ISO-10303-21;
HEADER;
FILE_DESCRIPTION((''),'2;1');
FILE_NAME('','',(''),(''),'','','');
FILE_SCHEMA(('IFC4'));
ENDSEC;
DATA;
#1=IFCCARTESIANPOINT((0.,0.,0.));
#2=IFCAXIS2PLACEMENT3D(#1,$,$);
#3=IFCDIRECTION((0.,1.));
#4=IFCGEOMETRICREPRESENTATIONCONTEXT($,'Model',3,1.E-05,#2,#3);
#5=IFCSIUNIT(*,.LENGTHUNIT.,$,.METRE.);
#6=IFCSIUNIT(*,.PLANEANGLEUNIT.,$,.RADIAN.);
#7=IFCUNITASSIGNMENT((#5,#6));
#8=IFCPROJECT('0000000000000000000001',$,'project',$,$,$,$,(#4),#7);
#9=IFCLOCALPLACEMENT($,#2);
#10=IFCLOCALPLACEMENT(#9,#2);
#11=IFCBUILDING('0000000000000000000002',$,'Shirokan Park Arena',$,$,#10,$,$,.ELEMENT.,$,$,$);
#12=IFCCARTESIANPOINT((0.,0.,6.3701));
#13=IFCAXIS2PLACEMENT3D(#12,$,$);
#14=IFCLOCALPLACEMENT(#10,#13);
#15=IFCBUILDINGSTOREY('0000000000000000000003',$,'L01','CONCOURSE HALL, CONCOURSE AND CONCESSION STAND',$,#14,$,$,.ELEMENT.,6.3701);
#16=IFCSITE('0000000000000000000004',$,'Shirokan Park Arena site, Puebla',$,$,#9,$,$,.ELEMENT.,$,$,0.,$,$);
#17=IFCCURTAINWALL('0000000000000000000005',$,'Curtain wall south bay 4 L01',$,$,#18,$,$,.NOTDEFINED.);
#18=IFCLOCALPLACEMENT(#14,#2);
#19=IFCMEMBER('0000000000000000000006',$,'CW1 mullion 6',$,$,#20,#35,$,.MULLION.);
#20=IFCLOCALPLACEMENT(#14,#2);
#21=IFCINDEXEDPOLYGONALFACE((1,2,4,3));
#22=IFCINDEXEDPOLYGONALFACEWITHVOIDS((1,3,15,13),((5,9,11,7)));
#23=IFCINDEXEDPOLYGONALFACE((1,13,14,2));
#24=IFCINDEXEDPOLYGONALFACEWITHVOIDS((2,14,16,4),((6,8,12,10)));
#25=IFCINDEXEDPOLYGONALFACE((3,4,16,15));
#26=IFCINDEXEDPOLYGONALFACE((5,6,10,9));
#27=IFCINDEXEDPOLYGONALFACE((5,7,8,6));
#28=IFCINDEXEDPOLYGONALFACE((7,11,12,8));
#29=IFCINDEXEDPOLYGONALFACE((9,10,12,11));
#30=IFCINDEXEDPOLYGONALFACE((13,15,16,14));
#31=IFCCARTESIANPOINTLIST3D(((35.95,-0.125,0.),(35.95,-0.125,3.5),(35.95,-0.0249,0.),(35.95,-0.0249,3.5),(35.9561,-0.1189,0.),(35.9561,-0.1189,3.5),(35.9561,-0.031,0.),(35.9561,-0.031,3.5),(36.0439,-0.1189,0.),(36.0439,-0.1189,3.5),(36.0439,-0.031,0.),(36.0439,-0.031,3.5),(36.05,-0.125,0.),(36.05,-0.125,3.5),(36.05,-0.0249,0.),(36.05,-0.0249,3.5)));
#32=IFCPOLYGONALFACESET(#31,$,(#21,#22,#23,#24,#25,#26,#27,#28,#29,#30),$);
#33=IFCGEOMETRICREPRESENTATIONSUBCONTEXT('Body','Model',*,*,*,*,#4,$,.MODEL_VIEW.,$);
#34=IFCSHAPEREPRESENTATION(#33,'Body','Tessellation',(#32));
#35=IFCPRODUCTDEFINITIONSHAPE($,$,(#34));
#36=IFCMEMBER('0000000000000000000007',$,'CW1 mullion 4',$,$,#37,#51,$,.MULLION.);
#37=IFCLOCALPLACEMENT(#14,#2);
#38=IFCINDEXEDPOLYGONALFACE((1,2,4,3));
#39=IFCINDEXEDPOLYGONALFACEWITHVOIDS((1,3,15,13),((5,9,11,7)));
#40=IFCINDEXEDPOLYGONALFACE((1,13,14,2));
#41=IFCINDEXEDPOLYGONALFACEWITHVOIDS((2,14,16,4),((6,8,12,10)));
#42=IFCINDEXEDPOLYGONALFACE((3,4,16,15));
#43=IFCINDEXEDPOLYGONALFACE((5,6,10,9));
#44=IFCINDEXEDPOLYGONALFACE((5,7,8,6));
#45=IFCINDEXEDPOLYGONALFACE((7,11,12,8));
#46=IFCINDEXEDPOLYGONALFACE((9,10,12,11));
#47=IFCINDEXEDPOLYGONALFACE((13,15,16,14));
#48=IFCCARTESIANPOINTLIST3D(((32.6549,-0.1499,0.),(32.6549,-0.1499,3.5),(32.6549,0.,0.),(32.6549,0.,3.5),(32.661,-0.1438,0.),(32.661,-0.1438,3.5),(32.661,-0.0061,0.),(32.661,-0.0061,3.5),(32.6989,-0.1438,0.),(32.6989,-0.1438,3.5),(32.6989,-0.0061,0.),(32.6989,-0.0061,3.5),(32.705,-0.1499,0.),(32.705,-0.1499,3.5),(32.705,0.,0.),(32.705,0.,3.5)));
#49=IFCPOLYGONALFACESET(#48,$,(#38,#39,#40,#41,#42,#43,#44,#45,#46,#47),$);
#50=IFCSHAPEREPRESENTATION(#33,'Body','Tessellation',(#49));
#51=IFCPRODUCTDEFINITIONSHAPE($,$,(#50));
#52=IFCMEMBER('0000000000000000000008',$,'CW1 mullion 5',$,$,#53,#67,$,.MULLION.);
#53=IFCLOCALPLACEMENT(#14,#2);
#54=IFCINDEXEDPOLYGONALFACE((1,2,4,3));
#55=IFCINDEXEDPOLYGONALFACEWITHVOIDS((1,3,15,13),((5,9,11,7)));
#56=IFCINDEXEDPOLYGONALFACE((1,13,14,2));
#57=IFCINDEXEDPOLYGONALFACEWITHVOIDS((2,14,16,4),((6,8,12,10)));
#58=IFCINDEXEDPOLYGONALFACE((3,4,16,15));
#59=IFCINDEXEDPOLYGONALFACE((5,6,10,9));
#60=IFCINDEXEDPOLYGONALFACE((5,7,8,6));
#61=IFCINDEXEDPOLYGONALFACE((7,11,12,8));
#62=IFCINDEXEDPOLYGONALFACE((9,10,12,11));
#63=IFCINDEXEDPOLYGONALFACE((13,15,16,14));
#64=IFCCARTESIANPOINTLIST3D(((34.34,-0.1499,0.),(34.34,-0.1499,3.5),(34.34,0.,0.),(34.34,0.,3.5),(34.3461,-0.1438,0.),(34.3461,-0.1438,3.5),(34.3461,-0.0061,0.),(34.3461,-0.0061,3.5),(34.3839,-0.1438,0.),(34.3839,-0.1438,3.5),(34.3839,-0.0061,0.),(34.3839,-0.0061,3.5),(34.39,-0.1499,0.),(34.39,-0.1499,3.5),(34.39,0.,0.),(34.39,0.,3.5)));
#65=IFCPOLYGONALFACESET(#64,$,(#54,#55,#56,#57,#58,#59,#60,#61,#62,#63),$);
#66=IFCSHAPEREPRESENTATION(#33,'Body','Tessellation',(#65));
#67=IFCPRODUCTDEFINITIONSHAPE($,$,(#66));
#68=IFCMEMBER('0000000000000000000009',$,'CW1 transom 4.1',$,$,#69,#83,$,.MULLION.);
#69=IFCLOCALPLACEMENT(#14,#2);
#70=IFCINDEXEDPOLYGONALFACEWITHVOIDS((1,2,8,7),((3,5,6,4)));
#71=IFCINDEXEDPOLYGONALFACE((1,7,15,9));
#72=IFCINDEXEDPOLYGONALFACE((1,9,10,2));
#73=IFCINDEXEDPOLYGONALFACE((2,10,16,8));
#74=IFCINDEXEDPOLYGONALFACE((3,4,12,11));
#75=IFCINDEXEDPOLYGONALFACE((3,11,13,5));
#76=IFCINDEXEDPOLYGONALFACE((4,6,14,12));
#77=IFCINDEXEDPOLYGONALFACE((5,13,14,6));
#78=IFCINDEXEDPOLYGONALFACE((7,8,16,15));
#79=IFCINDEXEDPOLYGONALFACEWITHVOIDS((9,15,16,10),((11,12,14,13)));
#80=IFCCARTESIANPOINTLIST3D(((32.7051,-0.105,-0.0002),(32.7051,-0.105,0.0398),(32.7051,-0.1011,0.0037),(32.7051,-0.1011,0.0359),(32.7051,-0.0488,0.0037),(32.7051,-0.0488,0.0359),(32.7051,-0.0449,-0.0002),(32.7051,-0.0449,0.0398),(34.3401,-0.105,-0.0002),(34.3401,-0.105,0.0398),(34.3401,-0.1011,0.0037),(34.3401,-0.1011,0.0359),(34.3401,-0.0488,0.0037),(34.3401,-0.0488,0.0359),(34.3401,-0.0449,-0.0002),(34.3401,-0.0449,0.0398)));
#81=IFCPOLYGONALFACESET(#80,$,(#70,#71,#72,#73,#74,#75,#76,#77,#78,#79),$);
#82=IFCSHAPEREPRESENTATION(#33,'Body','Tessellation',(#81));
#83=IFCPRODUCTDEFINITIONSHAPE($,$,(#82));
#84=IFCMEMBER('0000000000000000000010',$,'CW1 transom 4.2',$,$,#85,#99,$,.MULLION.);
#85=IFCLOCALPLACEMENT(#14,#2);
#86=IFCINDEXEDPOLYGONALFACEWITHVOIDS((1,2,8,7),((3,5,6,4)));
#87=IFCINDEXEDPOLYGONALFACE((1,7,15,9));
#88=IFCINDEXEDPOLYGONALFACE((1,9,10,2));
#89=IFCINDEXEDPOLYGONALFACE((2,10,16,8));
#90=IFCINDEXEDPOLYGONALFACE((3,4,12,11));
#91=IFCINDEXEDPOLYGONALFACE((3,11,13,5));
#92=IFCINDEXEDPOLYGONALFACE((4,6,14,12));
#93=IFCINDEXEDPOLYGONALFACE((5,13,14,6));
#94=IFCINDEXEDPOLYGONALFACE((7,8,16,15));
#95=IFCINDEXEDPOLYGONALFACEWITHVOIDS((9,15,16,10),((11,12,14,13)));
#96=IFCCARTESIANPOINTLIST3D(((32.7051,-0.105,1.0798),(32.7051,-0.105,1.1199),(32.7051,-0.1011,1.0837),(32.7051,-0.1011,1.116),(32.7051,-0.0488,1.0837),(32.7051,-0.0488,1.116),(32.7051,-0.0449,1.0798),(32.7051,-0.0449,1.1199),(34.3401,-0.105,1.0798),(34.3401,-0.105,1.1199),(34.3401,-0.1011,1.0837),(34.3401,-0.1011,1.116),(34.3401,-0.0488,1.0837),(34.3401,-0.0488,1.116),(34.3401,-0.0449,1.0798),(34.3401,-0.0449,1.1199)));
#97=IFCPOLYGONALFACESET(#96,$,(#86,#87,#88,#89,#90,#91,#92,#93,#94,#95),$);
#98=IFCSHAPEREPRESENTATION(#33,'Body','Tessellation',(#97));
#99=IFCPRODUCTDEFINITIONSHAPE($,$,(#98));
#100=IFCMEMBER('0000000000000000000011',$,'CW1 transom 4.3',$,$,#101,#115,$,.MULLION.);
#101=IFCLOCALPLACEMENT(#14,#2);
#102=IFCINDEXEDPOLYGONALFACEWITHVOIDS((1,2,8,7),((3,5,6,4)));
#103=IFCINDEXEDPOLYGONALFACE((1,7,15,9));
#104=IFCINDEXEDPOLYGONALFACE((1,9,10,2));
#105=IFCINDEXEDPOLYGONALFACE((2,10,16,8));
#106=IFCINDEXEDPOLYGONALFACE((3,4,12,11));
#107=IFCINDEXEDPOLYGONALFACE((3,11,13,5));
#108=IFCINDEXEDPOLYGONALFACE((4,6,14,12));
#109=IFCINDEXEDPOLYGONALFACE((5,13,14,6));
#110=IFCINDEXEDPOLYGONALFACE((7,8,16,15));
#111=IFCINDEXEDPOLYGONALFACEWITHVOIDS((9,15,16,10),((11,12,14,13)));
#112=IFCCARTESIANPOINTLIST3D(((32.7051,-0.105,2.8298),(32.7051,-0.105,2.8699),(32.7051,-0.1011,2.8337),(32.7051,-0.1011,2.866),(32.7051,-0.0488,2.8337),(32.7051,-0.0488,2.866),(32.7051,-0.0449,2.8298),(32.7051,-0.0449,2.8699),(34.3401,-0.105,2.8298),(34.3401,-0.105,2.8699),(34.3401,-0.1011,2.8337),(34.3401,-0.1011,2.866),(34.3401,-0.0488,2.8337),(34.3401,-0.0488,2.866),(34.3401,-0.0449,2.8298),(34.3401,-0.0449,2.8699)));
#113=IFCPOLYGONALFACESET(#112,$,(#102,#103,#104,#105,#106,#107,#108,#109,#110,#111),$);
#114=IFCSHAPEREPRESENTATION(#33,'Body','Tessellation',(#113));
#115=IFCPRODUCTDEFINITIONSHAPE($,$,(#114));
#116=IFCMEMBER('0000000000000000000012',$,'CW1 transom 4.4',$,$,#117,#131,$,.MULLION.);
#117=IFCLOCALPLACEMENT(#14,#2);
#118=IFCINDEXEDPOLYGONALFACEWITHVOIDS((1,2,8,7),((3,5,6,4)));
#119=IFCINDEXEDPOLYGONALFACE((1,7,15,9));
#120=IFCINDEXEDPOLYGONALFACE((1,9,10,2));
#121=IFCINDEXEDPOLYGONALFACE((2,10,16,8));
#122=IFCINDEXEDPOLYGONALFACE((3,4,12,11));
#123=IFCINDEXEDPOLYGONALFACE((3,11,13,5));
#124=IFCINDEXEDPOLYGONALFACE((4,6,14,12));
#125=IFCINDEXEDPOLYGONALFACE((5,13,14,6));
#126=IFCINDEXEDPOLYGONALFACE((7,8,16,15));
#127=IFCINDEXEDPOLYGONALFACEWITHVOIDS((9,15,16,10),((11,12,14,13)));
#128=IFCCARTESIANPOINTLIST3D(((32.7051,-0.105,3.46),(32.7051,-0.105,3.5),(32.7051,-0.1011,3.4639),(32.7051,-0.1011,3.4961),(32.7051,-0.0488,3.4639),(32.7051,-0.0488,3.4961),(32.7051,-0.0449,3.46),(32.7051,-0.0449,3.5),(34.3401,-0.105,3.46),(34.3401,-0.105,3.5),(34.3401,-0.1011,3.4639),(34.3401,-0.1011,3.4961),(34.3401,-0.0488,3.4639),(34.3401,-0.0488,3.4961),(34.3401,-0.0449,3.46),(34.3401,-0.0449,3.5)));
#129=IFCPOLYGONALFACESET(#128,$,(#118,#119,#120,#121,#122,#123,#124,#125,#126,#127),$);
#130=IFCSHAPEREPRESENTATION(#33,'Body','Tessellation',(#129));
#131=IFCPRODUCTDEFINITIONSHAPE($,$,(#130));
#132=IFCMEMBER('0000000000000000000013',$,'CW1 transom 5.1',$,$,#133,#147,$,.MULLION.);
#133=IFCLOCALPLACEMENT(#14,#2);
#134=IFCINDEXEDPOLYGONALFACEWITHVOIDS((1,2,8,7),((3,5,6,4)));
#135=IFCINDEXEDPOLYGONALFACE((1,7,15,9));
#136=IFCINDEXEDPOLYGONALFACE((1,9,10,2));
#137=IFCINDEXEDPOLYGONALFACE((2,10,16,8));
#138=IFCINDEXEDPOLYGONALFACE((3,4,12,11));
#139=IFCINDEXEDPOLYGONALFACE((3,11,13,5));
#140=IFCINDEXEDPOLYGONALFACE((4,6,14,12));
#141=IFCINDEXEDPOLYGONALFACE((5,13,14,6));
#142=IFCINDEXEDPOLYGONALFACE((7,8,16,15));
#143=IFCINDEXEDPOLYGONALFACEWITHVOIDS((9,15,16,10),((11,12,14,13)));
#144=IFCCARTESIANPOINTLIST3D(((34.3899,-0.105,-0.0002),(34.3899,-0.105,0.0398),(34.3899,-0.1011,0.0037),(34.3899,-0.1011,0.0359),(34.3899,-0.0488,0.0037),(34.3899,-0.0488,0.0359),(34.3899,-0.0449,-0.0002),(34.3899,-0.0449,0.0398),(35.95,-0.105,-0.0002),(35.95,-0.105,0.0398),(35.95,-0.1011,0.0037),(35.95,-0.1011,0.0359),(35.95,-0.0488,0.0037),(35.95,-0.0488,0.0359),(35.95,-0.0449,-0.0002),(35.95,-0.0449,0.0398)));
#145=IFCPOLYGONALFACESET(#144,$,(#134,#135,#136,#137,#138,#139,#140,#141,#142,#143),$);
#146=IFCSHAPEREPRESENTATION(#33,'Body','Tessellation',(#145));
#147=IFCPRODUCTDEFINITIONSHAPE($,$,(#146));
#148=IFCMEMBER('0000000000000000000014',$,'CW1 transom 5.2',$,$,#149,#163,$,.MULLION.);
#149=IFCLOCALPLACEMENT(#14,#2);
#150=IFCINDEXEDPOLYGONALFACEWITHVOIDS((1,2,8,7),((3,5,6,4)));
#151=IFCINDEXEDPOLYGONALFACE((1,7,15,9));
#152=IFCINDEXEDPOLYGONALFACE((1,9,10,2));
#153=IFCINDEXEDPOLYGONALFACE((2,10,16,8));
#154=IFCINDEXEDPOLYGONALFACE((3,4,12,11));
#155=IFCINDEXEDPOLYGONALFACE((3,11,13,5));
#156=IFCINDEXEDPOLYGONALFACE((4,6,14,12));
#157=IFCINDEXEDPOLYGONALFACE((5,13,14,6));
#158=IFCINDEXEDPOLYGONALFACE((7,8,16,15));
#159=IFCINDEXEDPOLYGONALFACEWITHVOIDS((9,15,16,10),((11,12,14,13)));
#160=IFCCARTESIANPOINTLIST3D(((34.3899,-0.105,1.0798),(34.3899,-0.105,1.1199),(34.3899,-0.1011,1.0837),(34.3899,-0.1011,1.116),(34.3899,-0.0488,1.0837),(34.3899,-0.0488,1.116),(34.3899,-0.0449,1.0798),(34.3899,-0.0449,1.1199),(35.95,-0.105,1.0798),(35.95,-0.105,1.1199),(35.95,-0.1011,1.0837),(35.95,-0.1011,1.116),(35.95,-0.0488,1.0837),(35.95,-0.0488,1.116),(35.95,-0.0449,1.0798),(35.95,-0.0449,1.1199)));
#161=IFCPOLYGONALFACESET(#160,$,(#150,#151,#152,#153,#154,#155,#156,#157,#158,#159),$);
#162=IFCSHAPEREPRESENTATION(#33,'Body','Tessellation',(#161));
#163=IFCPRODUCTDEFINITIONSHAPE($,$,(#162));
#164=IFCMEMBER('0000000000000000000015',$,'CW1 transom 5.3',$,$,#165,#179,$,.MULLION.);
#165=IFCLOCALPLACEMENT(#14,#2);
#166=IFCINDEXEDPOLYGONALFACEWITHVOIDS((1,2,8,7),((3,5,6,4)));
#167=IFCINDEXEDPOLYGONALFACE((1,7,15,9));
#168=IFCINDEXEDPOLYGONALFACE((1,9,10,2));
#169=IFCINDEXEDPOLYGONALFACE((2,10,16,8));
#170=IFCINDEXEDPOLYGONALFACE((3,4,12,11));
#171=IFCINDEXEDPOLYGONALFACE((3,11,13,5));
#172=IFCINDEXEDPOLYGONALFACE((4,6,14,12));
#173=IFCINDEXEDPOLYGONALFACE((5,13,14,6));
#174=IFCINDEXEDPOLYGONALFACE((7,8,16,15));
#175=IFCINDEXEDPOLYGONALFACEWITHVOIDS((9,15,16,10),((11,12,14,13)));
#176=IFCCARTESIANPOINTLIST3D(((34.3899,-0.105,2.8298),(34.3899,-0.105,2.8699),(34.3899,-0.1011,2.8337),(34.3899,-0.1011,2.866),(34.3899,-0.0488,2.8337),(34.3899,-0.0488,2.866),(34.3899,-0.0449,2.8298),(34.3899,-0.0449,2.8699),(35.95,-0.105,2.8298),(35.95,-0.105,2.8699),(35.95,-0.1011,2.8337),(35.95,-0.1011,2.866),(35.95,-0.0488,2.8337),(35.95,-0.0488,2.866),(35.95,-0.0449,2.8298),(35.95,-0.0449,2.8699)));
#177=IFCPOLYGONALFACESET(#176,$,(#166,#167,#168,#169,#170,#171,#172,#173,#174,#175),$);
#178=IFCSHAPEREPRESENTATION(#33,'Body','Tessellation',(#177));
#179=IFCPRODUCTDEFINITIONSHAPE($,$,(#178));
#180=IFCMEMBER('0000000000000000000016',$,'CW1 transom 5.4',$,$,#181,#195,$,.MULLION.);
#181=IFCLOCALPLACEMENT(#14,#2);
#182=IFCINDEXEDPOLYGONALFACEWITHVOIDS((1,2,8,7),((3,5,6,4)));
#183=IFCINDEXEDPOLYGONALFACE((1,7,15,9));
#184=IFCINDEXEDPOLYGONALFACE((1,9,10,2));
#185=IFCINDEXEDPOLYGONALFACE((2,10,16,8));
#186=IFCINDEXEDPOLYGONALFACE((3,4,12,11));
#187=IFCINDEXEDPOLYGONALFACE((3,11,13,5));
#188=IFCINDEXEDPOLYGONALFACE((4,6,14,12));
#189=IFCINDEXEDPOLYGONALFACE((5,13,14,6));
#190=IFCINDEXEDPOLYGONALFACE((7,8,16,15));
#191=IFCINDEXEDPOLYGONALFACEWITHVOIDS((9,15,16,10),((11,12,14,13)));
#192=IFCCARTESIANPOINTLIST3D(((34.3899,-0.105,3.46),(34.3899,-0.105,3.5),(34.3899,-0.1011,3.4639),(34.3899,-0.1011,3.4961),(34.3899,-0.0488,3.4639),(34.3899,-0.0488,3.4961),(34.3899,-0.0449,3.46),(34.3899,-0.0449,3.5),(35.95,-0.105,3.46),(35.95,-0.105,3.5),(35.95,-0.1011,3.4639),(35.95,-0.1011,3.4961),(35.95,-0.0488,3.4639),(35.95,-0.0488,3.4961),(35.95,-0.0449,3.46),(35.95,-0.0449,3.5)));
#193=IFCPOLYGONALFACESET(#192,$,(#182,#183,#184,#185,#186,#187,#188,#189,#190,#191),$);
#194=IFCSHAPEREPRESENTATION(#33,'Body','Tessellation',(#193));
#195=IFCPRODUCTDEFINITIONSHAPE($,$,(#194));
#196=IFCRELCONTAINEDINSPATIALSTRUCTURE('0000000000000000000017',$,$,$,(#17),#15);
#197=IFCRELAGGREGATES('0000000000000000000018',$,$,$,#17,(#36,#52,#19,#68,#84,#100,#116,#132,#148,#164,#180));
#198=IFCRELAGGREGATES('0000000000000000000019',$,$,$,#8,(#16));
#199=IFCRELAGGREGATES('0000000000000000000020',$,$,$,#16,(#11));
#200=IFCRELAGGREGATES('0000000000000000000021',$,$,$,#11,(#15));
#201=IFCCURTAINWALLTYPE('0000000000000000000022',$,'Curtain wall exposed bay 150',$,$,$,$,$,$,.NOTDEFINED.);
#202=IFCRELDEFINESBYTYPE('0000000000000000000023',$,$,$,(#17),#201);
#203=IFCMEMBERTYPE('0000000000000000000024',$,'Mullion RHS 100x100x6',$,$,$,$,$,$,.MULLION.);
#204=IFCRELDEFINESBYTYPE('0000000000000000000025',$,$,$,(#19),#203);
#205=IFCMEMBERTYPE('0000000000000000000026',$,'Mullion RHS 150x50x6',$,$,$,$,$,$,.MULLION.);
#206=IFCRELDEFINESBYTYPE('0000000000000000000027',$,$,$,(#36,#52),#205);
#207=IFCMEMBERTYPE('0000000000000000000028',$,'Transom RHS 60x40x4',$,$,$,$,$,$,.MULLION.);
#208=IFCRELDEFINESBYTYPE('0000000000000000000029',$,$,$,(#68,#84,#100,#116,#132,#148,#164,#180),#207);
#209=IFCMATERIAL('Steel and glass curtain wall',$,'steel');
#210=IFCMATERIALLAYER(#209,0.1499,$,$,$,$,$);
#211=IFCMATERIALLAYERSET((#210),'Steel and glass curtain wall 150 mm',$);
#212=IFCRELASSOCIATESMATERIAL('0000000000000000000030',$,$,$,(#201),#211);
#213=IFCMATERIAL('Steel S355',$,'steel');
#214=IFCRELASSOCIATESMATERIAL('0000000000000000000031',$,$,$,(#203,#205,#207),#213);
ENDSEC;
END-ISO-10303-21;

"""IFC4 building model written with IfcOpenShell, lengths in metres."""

from ifc_helpers import new_model, si_unit, direction, frame, origin, origin_2d, place, context, subcontext, project, spatial, hollow_rectangle, extrude, material, layer, layer_set, material_profile, profile_set, type_object, element, aggregate, save


model = new_model("IFC4")

# Units and contexts
model_context = context("Model", 3, precision=1e-05, world=origin(), true_north=direction((0.0, 1.0)))
body_context = subcontext(model_context, "Body", "Model", "MODEL_VIEW")
ifc_project = project(units=[si_unit("LENGTHUNIT", "METRE"), si_unit("PLANEANGLEUNIT", "RADIAN")], contexts=[model_context])

# Site, building, storey
site_placement = place(None, origin())
site = spatial("IfcSite", under=ifc_project, at=site_placement, Name="Shirokan Park Arena site, Puebla", CompositionType="ELEMENT", RefElevation=0.0)
building_placement = place(site_placement, origin())
building = spatial("IfcBuilding", under=site, at=building_placement, Name="Shirokan Park Arena", CompositionType="ELEMENT")
storey_placement = place(building_placement, frame((0.0, 0.0, 6.3701)))
storey = spatial("IfcBuildingStorey", under=building, at=storey_placement, Name="L01", Description="CONCOURSE HALL, CONCOURSE AND CONCESSION STAND", CompositionType="ELEMENT", Elevation=6.3701)

# Curtain wall, members
ifc_material_1 = material(Name="Steel and glass curtain wall", Category="steel")
ifc_layer_1 = layer(ifc_material_1, 0.1499)
ifc_layer_set_1 = layer_set([ifc_layer_1], Name="Steel and glass curtain wall 150 mm")
curtain_wall_type = type_object("IfcCurtainWallType", Name="Curtain wall exposed bay 150", PredefinedType="NOTDEFINED", material=ifc_layer_set_1)
curtain_wall_placement = place(storey_placement, origin())
curtain_wall = element("IfcCurtainWall", 1, at=curtain_wall_placement, inside=storey, type_object=curtain_wall_type, Name="Curtain wall south bay 4 L01", PredefinedType="NOTDEFINED")
ifc_material_2 = material(Name="Steel S355", Category="steel")
ifc_material_profile_1 = material_profile(ifc_material_2, hollow_rectangle(XDim=0.1001, YDim=0.1001, WallThickness=0.0061, at=origin_2d()), Name="RHS 100x100x6")
ifc_profile_set_1 = profile_set([ifc_material_profile_1], Name="Steel S355")
member_type_1 = type_object("IfcMemberType", Name="Mullion RHS 100x100x6", PredefinedType="MULLION", material=ifc_profile_set_1)
member_1_placement = place(storey_placement, frame((36.0, -0.075, 0.0), z_axis=(0.0, 0.0, 1.0), x_axis=(0.0, 1.0, 0.0)))
member_1 = element("IfcMember", 2, at=member_1_placement, type_object=member_type_1, Name="CW1 mullion 6", PredefinedType="MULLION", context=body_context, shape_type="SweptSolid", body=[
    extrude(hollow_rectangle(XDim=0.1001, YDim=0.1001, WallThickness=0.0061, at=origin_2d()), origin(), (0.0, 0.0, 1.0), 3.5),
])
ifc_material_profile_2 = material_profile(ifc_material_2, hollow_rectangle(XDim=0.1499, YDim=0.05, WallThickness=0.0061, at=origin_2d()), Name="RHS 150x50x6")
ifc_profile_set_2 = profile_set([ifc_material_profile_2], Name="Steel S355")
member_type_2 = type_object("IfcMemberType", Name="Mullion RHS 150x50x6", PredefinedType="MULLION", material=ifc_profile_set_2)
member_2_placement = place(storey_placement, frame((32.6799, -0.075, 0.0), z_axis=(0.0, 0.0, 1.0), x_axis=(0.0, 1.0, 0.0)))
member_2 = element("IfcMember", 3, at=member_2_placement, type_object=member_type_2, Name="CW1 mullion 4", PredefinedType="MULLION", context=body_context, shape_type="SweptSolid", body=[
    extrude(hollow_rectangle(XDim=0.1499, YDim=0.05, WallThickness=0.0061, at=origin_2d()), origin(), (0.0, 0.0, 1.0), 3.5),
])
member_3_placement = place(storey_placement, frame((34.365, -0.075, 0.0), z_axis=(0.0, 0.0, 1.0), x_axis=(0.0, 1.0, 0.0)))
member_3 = element("IfcMember", 4, at=member_3_placement, type_object=member_type_2, Name="CW1 mullion 5", PredefinedType="MULLION", context=body_context, shape_type="SweptSolid", body=[
    extrude(hollow_rectangle(XDim=0.1499, YDim=0.05, WallThickness=0.0061, at=origin_2d()), origin(), (0.0, 0.0, 1.0), 3.5),
])
ifc_material_profile_3 = material_profile(ifc_material_2, hollow_rectangle(XDim=0.0601, YDim=0.04, WallThickness=0.0039, at=origin_2d()), Name="RHS 60x40x4")
ifc_profile_set_3 = profile_set([ifc_material_profile_3], Name="Steel S355")
member_type_3 = type_object("IfcMemberType", Name="Transom RHS 60x40x4", PredefinedType="MULLION", material=ifc_profile_set_3)
member_4_placement = place(storey_placement, frame((32.7051, -0.075, 0.0198), z_axis=(1.0, 0.0, 0.0), x_axis=(0.0, 1.0, 0.0)))
member_4 = element("IfcMember", 5, at=member_4_placement, type_object=member_type_3, Name="CW1 transom 4.1", PredefinedType="MULLION", context=body_context, shape_type="SweptSolid", body=[
    extrude(hollow_rectangle(XDim=0.0601, YDim=0.04, WallThickness=0.0039, at=origin_2d()), origin(), (0.0, 0.0, 1.0), 1.635),
])
member_5_placement = place(storey_placement, frame((32.7051, -0.075, 1.0999), z_axis=(1.0, 0.0, 0.0), x_axis=(0.0, 1.0, 0.0)))
member_5 = element("IfcMember", 6, at=member_5_placement, type_object=member_type_3, Name="CW1 transom 4.2", PredefinedType="MULLION", context=body_context, shape_type="SweptSolid", body=[
    extrude(hollow_rectangle(XDim=0.0601, YDim=0.04, WallThickness=0.0039, at=origin_2d()), origin(), (0.0, 0.0, 1.0), 1.635),
])
member_6_placement = place(storey_placement, frame((32.7051, -0.075, 2.8499), z_axis=(1.0, 0.0, 0.0), x_axis=(0.0, 1.0, 0.0)))
member_6 = element("IfcMember", 7, at=member_6_placement, type_object=member_type_3, Name="CW1 transom 4.3", PredefinedType="MULLION", context=body_context, shape_type="SweptSolid", body=[
    extrude(hollow_rectangle(XDim=0.0601, YDim=0.04, WallThickness=0.0039, at=origin_2d()), origin(), (0.0, 0.0, 1.0), 1.635),
])
member_7_placement = place(storey_placement, frame((32.7051, -0.075, 3.48), z_axis=(1.0, 0.0, 0.0), x_axis=(0.0, 1.0, 0.0)))
member_7 = element("IfcMember", 8, at=member_7_placement, type_object=member_type_3, Name="CW1 transom 4.4", PredefinedType="MULLION", context=body_context, shape_type="SweptSolid", body=[
    extrude(hollow_rectangle(XDim=0.0601, YDim=0.04, WallThickness=0.0039, at=origin_2d()), origin(), (0.0, 0.0, 1.0), 1.635),
])
member_8_placement = place(storey_placement, frame((34.3899, -0.075, 0.0198), z_axis=(1.0, 0.0, 0.0), x_axis=(0.0, 1.0, 0.0)))
member_8 = element("IfcMember", 9, at=member_8_placement, type_object=member_type_3, Name="CW1 transom 5.1", PredefinedType="MULLION", context=body_context, shape_type="SweptSolid", body=[
    extrude(hollow_rectangle(XDim=0.0601, YDim=0.04, WallThickness=0.0039, at=origin_2d()), origin(), (0.0, 0.0, 1.0), 1.5601),
])
member_9_placement = place(storey_placement, frame((34.3899, -0.075, 1.0999), z_axis=(1.0, 0.0, 0.0), x_axis=(0.0, 1.0, 0.0)))
member_9 = element("IfcMember", 10, at=member_9_placement, type_object=member_type_3, Name="CW1 transom 5.2", PredefinedType="MULLION", context=body_context, shape_type="SweptSolid", body=[
    extrude(hollow_rectangle(XDim=0.0601, YDim=0.04, WallThickness=0.0039, at=origin_2d()), origin(), (0.0, 0.0, 1.0), 1.5601),
])
member_10_placement = place(storey_placement, frame((34.3899, -0.075, 2.8499), z_axis=(1.0, 0.0, 0.0), x_axis=(0.0, 1.0, 0.0)))
member_10 = element("IfcMember", 11, at=member_10_placement, type_object=member_type_3, Name="CW1 transom 5.3", PredefinedType="MULLION", context=body_context, shape_type="SweptSolid", body=[
    extrude(hollow_rectangle(XDim=0.0601, YDim=0.04, WallThickness=0.0039, at=origin_2d()), origin(), (0.0, 0.0, 1.0), 1.5601),
])
member_11_placement = place(storey_placement, frame((34.3899, -0.075, 3.48), z_axis=(1.0, 0.0, 0.0), x_axis=(0.0, 1.0, 0.0)))
member_11 = element("IfcMember", 12, at=member_11_placement, type_object=member_type_3, Name="CW1 transom 5.4", PredefinedType="MULLION", context=body_context, shape_type="SweptSolid", body=[
    extrude(hollow_rectangle(XDim=0.0601, YDim=0.04, WallThickness=0.0039, at=origin_2d()), origin(), (0.0, 0.0, 1.0), 1.5601),
])
aggregate(curtain_wall, [member_2, member_3, member_1, member_4, member_5, member_6, member_7, member_8, member_9, member_10, member_11])

save(model, "model.ifc")
